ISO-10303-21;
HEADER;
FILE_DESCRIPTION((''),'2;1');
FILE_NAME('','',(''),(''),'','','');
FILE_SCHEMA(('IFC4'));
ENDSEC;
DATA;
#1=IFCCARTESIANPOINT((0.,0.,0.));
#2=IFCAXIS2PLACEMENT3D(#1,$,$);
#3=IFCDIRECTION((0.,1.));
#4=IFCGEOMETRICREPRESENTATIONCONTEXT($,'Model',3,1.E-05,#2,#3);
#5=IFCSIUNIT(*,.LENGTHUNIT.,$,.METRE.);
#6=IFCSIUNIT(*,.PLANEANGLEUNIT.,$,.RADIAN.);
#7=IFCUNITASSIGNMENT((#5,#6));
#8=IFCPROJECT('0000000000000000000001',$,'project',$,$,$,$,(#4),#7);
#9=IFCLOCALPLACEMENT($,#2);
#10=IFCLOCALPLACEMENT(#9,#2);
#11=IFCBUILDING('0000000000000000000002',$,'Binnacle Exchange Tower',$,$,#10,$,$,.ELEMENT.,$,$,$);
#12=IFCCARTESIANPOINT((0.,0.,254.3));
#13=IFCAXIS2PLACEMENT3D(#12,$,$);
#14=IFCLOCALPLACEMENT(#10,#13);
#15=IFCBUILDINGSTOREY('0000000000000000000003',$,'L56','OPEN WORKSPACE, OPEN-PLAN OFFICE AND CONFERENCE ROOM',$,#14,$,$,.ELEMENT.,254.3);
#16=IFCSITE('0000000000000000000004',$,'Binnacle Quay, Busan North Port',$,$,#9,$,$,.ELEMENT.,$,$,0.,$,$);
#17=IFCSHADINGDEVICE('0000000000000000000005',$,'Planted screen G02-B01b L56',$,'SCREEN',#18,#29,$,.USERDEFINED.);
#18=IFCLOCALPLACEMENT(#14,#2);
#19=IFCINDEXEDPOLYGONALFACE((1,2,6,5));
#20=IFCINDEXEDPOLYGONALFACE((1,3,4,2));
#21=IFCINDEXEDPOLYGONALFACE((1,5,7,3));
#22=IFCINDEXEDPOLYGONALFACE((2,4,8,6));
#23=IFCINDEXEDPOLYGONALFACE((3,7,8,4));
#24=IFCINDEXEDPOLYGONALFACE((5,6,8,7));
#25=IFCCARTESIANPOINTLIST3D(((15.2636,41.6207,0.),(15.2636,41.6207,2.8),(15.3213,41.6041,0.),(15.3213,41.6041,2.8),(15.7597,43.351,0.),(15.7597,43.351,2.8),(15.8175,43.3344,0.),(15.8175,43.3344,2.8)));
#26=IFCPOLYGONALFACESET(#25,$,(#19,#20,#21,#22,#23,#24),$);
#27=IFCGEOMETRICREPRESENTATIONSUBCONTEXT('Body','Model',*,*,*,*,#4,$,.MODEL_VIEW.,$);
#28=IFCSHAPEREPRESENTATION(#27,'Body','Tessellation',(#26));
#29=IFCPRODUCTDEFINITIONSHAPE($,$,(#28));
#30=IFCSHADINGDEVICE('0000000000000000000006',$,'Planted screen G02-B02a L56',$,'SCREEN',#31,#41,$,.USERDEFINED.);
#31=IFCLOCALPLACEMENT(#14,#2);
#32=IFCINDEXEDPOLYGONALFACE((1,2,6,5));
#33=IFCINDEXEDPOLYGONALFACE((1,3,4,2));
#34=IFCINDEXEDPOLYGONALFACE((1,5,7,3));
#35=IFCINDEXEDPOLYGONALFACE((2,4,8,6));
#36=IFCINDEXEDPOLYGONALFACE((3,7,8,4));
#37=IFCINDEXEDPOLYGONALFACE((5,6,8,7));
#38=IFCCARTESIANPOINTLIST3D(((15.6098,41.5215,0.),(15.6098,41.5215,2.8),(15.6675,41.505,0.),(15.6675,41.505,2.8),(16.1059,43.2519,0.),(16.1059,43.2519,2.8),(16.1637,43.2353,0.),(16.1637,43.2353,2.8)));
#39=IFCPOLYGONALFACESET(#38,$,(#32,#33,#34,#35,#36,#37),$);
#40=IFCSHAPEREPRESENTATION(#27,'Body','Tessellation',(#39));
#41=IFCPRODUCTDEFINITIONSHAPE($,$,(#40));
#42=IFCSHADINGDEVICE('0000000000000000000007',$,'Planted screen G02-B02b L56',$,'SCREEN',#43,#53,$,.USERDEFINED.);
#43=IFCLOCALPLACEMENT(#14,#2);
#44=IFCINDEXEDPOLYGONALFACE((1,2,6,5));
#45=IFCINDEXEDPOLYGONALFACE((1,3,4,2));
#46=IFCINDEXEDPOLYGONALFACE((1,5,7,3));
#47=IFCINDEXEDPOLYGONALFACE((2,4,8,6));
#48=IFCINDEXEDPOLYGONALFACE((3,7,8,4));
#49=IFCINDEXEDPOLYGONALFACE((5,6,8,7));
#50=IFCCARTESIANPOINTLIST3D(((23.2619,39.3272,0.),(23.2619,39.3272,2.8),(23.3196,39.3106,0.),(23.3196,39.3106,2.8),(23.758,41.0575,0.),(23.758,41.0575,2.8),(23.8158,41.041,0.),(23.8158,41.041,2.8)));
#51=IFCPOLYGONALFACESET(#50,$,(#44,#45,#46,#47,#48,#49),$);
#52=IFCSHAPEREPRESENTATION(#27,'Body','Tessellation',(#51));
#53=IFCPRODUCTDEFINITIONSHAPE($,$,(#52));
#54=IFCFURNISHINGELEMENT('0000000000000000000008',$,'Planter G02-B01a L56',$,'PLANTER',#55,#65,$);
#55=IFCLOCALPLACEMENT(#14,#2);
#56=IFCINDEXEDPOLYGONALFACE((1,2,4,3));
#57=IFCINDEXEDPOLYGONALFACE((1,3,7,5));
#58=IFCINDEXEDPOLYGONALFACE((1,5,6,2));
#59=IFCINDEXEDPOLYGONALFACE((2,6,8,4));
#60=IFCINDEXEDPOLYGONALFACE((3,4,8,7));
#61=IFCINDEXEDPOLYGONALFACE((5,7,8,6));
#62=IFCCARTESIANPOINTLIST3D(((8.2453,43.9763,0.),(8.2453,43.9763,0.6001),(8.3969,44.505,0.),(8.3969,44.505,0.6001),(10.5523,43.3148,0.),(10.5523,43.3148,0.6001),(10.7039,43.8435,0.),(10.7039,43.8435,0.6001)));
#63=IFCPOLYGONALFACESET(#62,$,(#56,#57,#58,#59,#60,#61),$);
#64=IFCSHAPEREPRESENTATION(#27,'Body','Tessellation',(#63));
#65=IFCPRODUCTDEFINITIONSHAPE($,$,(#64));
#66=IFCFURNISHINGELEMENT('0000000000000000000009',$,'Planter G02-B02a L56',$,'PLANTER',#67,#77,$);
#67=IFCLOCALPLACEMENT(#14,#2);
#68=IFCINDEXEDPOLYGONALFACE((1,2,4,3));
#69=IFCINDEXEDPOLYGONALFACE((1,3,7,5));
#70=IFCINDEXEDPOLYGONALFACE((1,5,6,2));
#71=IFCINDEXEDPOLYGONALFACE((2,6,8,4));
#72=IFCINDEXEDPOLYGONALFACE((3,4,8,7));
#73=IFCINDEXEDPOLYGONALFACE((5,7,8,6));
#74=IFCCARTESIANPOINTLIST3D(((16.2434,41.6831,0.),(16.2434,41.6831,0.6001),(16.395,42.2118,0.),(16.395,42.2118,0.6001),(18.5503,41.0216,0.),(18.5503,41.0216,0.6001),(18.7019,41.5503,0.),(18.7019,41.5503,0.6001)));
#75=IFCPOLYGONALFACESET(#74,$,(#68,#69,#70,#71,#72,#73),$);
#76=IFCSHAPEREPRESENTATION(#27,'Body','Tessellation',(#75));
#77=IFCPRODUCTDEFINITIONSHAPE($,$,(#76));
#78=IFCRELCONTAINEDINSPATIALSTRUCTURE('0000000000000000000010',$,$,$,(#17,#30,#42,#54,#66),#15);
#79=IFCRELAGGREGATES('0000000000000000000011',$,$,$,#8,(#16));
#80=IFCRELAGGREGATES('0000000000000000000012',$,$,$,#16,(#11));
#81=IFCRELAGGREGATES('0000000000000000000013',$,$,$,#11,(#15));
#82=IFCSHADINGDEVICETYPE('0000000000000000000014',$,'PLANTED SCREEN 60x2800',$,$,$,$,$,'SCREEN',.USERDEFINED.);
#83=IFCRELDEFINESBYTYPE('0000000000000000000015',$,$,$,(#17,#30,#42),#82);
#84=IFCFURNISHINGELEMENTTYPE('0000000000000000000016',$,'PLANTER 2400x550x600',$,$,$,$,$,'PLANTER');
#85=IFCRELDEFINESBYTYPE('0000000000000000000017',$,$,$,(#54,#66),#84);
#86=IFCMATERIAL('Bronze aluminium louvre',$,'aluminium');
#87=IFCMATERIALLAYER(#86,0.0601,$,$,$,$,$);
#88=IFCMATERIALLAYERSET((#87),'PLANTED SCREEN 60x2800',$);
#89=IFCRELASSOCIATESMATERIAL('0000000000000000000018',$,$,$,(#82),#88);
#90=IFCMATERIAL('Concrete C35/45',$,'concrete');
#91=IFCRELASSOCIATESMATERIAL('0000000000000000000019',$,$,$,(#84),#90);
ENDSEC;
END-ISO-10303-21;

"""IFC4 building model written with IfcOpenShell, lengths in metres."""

from ifc_helpers import new_model, si_unit, direction, frame, origin, origin_2d, place, context, subcontext, project, spatial, rectangle, extrude, material, layer, layer_set, type_object, element, save


model = new_model("IFC4")

# Units and contexts
model_context = context("Model", 3, precision=1e-05, world=origin(), true_north=direction((0.0, 1.0)))
body_context = subcontext(model_context, "Body", "Model", "MODEL_VIEW")
ifc_project = project(units=[si_unit("LENGTHUNIT", "METRE"), si_unit("PLANEANGLEUNIT", "RADIAN")], contexts=[model_context])

# Site, building, storey
site_placement = place(None, origin())
site = spatial("IfcSite", under=ifc_project, at=site_placement, Name="Binnacle Quay, Busan North Port", CompositionType="ELEMENT", RefElevation=0.0)
building_placement = place(site_placement, origin())
building = spatial("IfcBuilding", under=site, at=building_placement, Name="Binnacle Exchange Tower", CompositionType="ELEMENT")
storey_placement = place(building_placement, frame((0.0, 0.0, 254.3)))
storey = spatial("IfcBuildingStorey", under=building, at=storey_placement, Name="L56", Description="OPEN WORKSPACE, OPEN-PLAN OFFICE AND CONFERENCE ROOM", CompositionType="ELEMENT", Elevation=254.3)

# Shared definitions
ifc_material_1 = material(Name="Concrete C35/45", Category="concrete")

# Shading devices
ifc_material_2 = material(Name="Bronze aluminium louvre", Category="aluminium")
ifc_layer_1 = layer(ifc_material_2, 0.0601)
ifc_layer_set_1 = layer_set([ifc_layer_1], Name="PLANTED SCREEN 60x2800")
shading_device_type = type_object("IfcShadingDeviceType", Name="PLANTED SCREEN 60x2800", ElementType="SCREEN", PredefinedType="USERDEFINED", material=ifc_layer_set_1)
for number, where, z_axis, x_axis, name in (
    (1, (15.5405, 42.4775, 0.0), (0.0, 0.0, 1.0), (0.961262, -0.275637, 0.0), "Planted screen G02-B01b L56"),
    (2, (15.8867, 42.3784, 0.0), (0.0, 0.0, 1.0), (0.961262, -0.275637, 0.0), "Planted screen G02-B02a L56"),
    (3, (23.5388, 40.1841, 0.0), (0.0, 0.0, 1.0), (0.961262, -0.275637, 0.0), "Planted screen G02-B02b L56"),
):
    element("IfcShadingDevice", number, at=place(storey_placement, frame(where, z_axis=z_axis, x_axis=x_axis)), inside=storey, type_object=shading_device_type, Name=name, ObjectType="SCREEN", PredefinedType="USERDEFINED", context=body_context, shape_type="SweptSolid", body=[
        extrude(rectangle(XDim=0.0601, YDim=1.8, at=origin_2d()), origin(), (0.0, 0.0, 1.0), 2.8),
    ])

# Furnishing elements
furnishing_element_type = type_object("IfcFurnishingElementType", Name="PLANTER 2400x550x600", ElementType="PLANTER", material=ifc_material_1)
for number, where, z_axis, x_axis, name in (
    (4, (9.4746, 43.9099, 0.0), (0.0, 0.0, 1.0), (0.961262, -0.275637, 0.0), "Planter G02-B01a L56"),
    (5, (17.4727, 41.6167, 0.0), (0.0, 0.0, 1.0), (0.961262, -0.275637, 0.0), "Planter G02-B02a L56"),
):
    element("IfcFurnishingElement", number, at=place(storey_placement, frame(where, z_axis=z_axis, x_axis=x_axis)), inside=storey, type_object=furnishing_element_type, Name=name, ObjectType="PLANTER", context=body_context, shape_type="SweptSolid", body=[
        extrude(rectangle(XDim=2.3999, YDim=0.55, at=origin_2d()), origin(), (0.0, 0.0, 1.0), 0.6001),
    ])

save(model, "model.ifc")
